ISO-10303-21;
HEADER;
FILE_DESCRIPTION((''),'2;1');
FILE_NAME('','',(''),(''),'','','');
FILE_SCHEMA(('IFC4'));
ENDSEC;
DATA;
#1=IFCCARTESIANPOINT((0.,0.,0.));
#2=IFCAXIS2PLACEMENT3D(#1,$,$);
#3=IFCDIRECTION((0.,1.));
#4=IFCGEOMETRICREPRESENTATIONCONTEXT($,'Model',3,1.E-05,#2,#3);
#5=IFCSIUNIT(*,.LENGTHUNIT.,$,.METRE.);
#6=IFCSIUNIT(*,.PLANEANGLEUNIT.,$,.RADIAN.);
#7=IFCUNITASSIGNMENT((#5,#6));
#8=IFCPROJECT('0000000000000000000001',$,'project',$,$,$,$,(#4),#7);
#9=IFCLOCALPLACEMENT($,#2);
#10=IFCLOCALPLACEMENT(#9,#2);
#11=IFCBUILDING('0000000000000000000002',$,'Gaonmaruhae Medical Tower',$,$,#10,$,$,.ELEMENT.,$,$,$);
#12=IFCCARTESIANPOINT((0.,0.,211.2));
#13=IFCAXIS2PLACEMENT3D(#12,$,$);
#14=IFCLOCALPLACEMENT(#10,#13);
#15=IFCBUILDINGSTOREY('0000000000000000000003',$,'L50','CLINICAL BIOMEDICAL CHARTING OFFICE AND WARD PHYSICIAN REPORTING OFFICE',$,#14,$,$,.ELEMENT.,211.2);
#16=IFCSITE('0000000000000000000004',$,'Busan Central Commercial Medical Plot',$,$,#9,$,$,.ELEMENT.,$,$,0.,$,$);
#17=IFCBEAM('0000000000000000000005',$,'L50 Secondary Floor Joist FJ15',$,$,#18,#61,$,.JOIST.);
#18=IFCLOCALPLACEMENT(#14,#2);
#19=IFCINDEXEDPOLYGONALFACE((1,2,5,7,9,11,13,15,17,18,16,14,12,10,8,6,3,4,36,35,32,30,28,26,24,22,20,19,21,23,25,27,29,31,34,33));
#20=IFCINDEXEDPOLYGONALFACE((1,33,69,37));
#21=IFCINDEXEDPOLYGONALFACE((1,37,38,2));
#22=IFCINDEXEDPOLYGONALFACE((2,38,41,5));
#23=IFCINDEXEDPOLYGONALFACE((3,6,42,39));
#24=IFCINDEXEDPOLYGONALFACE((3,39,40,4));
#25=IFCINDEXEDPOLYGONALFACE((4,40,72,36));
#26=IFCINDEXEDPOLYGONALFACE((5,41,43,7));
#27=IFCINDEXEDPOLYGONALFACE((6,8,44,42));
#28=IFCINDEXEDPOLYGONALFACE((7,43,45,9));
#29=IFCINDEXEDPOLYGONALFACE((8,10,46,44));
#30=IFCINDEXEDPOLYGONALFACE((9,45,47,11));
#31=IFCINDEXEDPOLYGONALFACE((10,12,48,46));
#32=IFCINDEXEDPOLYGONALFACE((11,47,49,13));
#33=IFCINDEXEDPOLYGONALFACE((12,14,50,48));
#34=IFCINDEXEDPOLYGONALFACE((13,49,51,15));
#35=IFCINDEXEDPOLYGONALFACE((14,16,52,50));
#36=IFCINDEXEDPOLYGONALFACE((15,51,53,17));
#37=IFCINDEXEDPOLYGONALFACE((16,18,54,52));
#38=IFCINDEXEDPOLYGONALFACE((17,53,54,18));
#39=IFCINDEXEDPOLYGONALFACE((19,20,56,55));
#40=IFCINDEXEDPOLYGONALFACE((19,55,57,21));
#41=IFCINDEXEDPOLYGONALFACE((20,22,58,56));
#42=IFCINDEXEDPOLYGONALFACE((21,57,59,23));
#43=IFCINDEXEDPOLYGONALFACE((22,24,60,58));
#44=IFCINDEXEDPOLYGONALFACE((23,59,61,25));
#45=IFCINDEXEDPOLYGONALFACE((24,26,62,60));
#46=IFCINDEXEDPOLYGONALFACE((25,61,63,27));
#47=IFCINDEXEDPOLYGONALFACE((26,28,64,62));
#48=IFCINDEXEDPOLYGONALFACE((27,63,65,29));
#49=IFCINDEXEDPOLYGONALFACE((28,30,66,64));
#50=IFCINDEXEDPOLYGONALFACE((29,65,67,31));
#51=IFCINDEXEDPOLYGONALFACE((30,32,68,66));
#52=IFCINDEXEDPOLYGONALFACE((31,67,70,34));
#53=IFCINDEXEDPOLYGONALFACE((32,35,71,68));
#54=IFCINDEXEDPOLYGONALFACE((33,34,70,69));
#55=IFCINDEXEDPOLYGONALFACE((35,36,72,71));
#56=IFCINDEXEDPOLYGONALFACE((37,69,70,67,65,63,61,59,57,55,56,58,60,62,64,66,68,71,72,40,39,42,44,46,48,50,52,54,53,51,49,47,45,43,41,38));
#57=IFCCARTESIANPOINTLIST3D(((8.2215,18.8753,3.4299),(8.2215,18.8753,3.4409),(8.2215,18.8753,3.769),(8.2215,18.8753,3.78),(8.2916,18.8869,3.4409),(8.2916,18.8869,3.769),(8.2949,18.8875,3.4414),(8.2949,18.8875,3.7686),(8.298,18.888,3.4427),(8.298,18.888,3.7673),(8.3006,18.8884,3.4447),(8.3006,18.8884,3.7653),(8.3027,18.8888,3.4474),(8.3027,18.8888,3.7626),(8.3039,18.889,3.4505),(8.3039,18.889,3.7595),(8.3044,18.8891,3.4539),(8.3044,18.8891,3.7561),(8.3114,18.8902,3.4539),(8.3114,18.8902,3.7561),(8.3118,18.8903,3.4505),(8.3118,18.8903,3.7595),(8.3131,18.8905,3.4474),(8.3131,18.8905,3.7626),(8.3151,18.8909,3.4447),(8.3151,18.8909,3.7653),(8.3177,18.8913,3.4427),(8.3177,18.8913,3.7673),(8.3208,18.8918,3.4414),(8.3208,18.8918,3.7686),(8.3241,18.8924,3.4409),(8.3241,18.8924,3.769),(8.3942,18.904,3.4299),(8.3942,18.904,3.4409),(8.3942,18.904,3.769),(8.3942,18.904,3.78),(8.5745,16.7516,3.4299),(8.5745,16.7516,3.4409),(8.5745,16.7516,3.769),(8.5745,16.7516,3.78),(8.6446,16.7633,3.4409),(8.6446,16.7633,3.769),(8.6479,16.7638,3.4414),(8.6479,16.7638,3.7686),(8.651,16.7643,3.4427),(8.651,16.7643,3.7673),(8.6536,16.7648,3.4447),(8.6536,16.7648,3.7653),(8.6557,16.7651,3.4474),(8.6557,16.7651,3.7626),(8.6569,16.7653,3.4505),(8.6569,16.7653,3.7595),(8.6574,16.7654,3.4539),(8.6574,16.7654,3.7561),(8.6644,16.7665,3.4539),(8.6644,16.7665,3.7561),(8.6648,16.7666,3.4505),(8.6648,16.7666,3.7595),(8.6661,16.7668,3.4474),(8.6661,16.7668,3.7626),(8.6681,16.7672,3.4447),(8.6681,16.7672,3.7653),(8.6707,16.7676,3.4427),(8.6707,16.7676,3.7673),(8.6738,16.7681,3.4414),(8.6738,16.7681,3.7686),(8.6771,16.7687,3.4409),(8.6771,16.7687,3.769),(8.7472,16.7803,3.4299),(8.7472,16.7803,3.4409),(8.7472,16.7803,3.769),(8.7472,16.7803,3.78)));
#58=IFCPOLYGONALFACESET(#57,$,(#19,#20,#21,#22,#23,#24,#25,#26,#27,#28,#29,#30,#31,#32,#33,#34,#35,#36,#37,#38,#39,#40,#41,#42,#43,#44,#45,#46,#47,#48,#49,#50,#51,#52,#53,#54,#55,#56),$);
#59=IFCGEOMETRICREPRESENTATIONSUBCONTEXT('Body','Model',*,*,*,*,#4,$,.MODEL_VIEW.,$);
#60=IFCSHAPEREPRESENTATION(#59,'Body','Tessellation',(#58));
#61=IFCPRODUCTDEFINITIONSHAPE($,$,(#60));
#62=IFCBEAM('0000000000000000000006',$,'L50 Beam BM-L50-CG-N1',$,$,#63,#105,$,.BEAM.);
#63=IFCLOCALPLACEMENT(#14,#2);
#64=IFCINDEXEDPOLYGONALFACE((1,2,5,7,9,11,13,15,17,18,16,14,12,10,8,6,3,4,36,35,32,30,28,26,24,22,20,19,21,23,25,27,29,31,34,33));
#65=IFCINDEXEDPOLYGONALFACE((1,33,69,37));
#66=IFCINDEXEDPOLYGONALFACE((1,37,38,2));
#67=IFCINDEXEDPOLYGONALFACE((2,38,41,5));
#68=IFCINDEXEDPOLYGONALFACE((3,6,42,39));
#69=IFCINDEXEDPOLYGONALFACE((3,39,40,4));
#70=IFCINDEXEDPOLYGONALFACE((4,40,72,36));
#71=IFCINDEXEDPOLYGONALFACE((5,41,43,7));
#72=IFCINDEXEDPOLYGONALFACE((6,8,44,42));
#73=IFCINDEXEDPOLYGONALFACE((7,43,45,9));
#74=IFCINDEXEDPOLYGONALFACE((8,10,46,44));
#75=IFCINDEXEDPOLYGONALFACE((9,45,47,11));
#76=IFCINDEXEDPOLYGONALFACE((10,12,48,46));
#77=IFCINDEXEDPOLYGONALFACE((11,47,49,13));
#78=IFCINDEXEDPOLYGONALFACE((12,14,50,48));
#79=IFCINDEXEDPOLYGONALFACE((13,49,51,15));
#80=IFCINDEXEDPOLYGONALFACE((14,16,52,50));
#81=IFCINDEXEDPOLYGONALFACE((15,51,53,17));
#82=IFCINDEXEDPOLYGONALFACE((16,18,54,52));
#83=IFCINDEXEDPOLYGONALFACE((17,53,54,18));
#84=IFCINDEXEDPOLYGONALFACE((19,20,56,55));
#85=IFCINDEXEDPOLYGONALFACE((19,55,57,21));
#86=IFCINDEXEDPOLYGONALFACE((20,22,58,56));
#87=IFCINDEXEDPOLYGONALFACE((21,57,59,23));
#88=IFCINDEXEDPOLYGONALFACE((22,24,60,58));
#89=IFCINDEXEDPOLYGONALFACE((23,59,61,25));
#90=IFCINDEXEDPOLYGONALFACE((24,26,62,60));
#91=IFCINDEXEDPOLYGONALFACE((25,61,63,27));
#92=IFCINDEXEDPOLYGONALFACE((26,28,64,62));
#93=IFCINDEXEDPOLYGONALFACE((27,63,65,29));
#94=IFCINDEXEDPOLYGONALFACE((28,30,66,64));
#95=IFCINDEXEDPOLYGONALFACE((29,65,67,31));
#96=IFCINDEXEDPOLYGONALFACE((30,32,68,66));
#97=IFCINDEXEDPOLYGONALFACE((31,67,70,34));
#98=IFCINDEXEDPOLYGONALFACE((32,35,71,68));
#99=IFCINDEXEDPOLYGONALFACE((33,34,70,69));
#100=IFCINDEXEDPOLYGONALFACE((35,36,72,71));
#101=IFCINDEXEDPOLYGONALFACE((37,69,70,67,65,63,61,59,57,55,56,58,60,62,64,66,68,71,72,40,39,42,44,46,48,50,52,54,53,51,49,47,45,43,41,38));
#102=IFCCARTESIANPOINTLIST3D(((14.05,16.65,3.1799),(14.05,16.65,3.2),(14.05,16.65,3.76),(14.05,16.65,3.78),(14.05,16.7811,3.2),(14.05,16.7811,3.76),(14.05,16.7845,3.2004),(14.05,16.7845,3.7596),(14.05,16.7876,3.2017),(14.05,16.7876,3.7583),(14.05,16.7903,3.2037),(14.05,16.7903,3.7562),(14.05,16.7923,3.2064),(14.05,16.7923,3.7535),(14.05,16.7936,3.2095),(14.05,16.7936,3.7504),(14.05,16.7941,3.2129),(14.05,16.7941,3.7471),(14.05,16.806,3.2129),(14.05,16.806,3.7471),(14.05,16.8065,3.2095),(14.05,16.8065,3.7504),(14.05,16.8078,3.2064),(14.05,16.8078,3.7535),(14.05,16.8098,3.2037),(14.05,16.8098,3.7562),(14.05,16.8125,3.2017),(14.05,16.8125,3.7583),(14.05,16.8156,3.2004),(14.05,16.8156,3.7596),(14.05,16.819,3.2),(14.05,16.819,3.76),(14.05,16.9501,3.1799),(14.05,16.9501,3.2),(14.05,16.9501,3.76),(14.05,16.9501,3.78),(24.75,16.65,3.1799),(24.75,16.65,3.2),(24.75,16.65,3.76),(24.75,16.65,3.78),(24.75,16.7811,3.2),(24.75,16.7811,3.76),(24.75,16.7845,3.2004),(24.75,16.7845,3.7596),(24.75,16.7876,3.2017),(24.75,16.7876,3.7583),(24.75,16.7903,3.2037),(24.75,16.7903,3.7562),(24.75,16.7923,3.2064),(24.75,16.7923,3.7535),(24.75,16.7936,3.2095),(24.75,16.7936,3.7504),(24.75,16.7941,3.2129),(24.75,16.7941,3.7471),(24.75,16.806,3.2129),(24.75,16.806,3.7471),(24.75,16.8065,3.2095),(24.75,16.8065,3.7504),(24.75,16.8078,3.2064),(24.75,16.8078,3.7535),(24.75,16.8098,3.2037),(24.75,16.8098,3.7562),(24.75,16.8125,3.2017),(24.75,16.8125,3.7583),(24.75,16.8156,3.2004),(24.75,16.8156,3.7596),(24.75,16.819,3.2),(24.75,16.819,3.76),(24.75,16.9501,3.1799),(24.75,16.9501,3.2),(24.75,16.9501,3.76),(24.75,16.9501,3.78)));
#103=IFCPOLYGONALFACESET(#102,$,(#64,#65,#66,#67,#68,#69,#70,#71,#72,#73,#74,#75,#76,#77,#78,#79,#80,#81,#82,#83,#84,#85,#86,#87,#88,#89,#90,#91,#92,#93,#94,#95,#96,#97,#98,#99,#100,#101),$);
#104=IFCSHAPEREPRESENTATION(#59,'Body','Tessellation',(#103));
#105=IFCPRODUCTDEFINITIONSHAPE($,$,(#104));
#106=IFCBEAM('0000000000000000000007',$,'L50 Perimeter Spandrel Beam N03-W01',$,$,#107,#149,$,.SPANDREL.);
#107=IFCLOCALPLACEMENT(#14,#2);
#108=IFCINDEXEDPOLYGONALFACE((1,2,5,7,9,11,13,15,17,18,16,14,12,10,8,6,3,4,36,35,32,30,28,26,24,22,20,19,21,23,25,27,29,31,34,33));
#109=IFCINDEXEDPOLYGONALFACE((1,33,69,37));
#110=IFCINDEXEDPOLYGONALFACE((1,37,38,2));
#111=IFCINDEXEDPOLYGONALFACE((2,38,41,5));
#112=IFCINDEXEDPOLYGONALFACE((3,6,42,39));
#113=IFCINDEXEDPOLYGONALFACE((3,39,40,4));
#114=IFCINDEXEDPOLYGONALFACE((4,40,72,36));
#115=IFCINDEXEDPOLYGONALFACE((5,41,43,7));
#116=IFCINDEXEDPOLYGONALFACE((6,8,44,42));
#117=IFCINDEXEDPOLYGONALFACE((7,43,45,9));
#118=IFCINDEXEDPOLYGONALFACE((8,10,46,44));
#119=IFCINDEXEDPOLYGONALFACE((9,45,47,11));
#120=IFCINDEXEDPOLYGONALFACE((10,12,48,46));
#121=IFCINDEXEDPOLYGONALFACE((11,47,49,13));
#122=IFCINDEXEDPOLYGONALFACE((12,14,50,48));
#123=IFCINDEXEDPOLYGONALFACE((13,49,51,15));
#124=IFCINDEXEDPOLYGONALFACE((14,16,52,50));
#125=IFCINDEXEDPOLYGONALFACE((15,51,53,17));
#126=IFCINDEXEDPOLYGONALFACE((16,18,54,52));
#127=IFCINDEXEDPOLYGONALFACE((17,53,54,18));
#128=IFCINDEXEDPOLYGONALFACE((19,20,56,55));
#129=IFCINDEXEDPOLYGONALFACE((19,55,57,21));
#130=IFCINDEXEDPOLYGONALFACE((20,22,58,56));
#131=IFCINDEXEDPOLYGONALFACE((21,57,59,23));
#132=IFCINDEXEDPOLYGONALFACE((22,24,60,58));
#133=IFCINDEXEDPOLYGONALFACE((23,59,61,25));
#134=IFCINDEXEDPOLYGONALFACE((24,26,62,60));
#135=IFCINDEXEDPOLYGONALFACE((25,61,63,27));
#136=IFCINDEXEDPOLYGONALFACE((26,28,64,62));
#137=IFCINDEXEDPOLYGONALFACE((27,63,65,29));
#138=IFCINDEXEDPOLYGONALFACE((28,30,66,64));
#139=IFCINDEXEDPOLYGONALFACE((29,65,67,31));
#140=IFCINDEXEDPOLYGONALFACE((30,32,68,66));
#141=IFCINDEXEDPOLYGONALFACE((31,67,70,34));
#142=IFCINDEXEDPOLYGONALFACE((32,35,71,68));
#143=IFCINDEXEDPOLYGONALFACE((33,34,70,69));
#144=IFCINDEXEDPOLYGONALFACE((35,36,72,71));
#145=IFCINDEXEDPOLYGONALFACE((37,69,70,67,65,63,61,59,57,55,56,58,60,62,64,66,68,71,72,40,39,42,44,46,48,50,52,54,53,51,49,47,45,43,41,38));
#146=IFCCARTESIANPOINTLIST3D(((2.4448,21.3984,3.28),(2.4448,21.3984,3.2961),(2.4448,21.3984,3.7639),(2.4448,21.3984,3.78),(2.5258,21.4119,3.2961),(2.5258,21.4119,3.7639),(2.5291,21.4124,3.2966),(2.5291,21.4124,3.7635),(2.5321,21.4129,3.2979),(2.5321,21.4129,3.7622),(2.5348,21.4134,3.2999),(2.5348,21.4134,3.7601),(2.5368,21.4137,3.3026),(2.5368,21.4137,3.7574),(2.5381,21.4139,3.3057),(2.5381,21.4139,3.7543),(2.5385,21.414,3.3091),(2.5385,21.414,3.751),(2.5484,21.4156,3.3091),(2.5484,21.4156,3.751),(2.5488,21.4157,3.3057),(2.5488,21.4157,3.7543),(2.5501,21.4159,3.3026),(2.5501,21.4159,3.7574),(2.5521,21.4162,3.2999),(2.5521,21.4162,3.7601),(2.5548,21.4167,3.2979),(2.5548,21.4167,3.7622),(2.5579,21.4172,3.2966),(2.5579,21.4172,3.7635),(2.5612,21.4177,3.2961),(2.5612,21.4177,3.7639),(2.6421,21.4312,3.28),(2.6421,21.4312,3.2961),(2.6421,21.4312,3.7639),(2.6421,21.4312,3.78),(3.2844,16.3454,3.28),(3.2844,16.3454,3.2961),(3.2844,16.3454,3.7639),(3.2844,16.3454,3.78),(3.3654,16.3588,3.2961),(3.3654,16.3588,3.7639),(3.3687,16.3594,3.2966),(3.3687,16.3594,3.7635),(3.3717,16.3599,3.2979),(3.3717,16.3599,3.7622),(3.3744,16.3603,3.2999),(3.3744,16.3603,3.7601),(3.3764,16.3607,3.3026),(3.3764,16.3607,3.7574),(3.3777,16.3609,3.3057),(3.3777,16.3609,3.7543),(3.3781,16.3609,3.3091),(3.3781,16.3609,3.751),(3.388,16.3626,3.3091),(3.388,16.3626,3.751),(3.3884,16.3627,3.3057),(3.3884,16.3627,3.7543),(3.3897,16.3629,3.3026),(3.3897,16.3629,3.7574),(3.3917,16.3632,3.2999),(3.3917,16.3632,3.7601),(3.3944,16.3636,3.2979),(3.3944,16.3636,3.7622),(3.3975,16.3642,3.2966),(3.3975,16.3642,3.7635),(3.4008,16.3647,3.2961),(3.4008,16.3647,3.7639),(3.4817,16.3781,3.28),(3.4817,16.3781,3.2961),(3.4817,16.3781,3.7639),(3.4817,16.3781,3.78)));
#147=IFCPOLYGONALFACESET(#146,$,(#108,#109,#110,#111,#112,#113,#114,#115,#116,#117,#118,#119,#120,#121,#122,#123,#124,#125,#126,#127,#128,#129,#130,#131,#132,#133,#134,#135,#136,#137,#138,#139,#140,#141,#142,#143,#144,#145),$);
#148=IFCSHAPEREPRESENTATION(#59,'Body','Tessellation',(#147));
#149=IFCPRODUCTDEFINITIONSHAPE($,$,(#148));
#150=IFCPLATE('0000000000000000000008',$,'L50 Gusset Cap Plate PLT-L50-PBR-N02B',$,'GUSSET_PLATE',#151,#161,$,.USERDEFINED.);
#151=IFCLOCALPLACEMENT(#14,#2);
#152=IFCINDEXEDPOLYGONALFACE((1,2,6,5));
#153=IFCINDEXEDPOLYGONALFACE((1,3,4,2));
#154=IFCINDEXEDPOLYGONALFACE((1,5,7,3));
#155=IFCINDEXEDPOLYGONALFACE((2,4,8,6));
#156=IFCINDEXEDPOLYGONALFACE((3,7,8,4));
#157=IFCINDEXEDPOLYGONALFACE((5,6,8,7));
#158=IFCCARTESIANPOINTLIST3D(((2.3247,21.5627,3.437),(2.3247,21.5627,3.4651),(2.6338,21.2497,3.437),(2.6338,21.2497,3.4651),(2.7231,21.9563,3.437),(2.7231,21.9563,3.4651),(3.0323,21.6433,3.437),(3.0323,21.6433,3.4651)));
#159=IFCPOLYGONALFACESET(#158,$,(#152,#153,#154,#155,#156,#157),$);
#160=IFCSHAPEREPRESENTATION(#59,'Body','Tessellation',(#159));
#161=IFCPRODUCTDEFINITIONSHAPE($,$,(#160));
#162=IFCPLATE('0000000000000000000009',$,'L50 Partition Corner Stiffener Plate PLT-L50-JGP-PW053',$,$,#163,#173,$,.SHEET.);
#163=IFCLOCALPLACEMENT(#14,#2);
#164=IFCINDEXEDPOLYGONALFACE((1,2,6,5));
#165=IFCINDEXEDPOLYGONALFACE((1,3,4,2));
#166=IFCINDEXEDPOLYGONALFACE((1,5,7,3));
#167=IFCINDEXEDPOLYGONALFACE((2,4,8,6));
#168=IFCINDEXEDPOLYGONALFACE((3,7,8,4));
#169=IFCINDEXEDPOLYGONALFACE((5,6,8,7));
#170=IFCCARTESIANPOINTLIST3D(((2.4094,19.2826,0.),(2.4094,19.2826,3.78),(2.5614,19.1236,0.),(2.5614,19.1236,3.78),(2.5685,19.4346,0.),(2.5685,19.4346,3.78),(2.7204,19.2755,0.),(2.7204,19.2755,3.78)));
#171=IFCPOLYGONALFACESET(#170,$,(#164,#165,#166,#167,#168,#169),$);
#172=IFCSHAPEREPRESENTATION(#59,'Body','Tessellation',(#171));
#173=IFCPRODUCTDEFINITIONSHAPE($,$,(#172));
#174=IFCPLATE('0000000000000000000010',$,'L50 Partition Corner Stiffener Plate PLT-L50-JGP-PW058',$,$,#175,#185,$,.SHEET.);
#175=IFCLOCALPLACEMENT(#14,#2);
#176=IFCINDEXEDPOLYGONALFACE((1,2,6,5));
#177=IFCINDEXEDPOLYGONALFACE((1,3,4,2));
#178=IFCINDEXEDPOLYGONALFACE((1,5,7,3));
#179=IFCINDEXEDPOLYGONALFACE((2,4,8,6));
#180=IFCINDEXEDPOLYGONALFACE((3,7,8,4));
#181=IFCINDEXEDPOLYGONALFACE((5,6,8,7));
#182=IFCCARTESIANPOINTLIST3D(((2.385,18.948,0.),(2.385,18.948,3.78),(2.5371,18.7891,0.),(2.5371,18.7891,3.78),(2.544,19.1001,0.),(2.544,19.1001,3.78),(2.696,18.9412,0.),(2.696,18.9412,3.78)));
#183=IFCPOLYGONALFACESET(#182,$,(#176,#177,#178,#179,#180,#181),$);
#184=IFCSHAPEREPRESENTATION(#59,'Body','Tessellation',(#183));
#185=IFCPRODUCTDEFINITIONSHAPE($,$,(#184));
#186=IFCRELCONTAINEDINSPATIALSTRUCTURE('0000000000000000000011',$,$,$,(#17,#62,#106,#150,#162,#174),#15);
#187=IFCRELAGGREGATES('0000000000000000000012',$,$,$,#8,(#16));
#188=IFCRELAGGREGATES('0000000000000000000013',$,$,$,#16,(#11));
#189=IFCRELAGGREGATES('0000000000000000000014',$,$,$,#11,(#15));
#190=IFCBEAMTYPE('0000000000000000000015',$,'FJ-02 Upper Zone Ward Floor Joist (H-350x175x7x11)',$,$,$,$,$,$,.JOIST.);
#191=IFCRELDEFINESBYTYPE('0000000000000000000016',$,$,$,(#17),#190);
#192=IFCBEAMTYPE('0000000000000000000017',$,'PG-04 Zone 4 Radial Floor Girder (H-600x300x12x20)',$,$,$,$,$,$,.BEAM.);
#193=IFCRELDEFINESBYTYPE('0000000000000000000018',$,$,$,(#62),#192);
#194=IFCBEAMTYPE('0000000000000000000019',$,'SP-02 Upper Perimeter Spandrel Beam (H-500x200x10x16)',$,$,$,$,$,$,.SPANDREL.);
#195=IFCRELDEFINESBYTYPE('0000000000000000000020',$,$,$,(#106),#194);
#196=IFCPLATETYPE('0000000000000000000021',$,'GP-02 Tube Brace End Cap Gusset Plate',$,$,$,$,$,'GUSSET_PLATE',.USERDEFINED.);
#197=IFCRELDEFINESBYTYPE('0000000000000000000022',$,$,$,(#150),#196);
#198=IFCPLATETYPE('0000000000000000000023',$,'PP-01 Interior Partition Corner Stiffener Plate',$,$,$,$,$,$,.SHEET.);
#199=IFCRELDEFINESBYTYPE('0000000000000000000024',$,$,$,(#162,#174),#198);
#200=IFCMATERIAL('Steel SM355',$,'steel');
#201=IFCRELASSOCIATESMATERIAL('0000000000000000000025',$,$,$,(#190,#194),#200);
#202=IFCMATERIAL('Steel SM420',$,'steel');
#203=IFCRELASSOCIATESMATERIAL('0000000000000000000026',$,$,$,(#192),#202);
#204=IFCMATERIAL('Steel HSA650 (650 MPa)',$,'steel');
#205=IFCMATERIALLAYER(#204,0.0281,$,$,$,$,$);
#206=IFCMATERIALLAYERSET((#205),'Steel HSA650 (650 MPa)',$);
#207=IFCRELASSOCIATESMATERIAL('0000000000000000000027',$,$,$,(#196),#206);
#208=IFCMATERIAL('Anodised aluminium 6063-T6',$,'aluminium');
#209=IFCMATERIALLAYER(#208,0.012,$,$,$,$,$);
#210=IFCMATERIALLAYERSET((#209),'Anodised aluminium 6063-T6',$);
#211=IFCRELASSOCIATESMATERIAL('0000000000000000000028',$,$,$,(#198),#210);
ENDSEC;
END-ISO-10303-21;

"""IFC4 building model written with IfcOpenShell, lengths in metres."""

from ifc_helpers import new_model, si_unit, direction, frame, origin, origin_2d, place, context, subcontext, project, spatial, rectangle, i_section, extrude, material, layer, layer_set, material_profile, profile_set, type_object, element, save


model = new_model("IFC4")

# Units and contexts
model_context = context("Model", 3, precision=1e-05, world=origin(), true_north=direction((0.0, 1.0)))
body_context = subcontext(model_context, "Body", "Model", "MODEL_VIEW")
ifc_project = project(units=[si_unit("LENGTHUNIT", "METRE"), si_unit("PLANEANGLEUNIT", "RADIAN")], contexts=[model_context])

# Site, building, storey
site_placement = place(None, origin())
site = spatial("IfcSite", under=ifc_project, at=site_placement, Name="Busan Central Commercial Medical Plot", CompositionType="ELEMENT", RefElevation=0.0)
building_placement = place(site_placement, origin())
building = spatial("IfcBuilding", under=site, at=building_placement, Name="Gaonmaruhae Medical Tower", CompositionType="ELEMENT")
storey_placement = place(building_placement, frame((0.0, 0.0, 211.2)))
storey = spatial("IfcBuildingStorey", under=building, at=storey_placement, Name="L50", Description="CLINICAL BIOMEDICAL CHARTING OFFICE AND WARD PHYSICIAN REPORTING OFFICE", CompositionType="ELEMENT", Elevation=211.2)

# Beams
ifc_material_1 = material(Name="Steel SM420", Category="steel")
ifc_material_2 = material(Name="Steel SM355", Category="steel")
ifc_material_profile_1 = material_profile(ifc_material_2, i_section(OverallWidth=0.175, OverallDepth=0.3501, WebThickness=0.0071, FlangeThickness=0.011, FilletRadius=0.0129, at=origin_2d()), Name="H-350x175x7x11")
ifc_profile_set_1 = profile_set([ifc_material_profile_1], Name="Steel SM355")
beam_type_1 = type_object("IfcBeamType", Name="FJ-02 Upper Zone Ward Floor Joist (H-350x175x7x11)", PredefinedType="JOIST", material=ifc_profile_set_1)
beam_1_placement = place(storey_placement, frame((8.3079, 18.8896, 3.605), z_axis=(0.163976, -0.986464, 0.0), x_axis=(0.986464, 0.163976, 0.0)))
element("IfcBeam", 1, at=beam_1_placement, inside=storey, type_object=beam_type_1, Name="L50 Secondary Floor Joist FJ15", PredefinedType="JOIST", context=body_context, shape_type="SweptSolid", body=[
    extrude(i_section(OverallWidth=0.175, OverallDepth=0.3501, WebThickness=0.0071, FlangeThickness=0.011, FilletRadius=0.0129, at=origin_2d()), origin(), (0.0, 0.0, 1.0), 2.1528),
])
ifc_material_profile_2 = material_profile(ifc_material_1, i_section(OverallWidth=0.3, OverallDepth=0.6001, WebThickness=0.012, FlangeThickness=0.02, FilletRadius=0.0129, at=origin_2d()), Name="H-600x300x12x20")
ifc_profile_set_2 = profile_set([ifc_material_profile_2], Name="Steel SM420")
beam_type_2 = type_object("IfcBeamType", Name="PG-04 Zone 4 Radial Floor Girder (H-600x300x12x20)", PredefinedType="BEAM", material=ifc_profile_set_2)
beam_2_placement = place(storey_placement, frame((14.05, 16.8, 3.48), z_axis=(1.0, 0.0, 0.0), x_axis=(0.0, 1.0, 0.0)))
element("IfcBeam", 2, at=beam_2_placement, inside=storey, type_object=beam_type_2, Name="L50 Beam BM-L50-CG-N1", PredefinedType="BEAM", context=body_context, shape_type="SweptSolid", body=[
    extrude(i_section(OverallWidth=0.3, OverallDepth=0.6001, WebThickness=0.012, FlangeThickness=0.02, FilletRadius=0.0129, at=origin_2d()), origin(), (0.0, 0.0, 1.0), 10.7),
])
ifc_material_profile_3 = material_profile(ifc_material_2, i_section(OverallWidth=0.2, OverallDepth=0.5, WebThickness=0.01, FlangeThickness=0.0161, FilletRadius=0.0129, at=origin_2d()), Name="H-500x200x10x16")
ifc_profile_set_3 = profile_set([ifc_material_profile_3], Name="Steel SM355")
beam_type_3 = type_object("IfcBeamType", Name="SP-02 Upper Perimeter Spandrel Beam (H-500x200x10x16)", PredefinedType="SPANDREL", material=ifc_profile_set_3)
beam_3_placement = place(storey_placement, frame((2.5435, 21.4148, 3.53), z_axis=(0.163912, -0.986475, 0.0), x_axis=(0.986475, 0.163912, 0.0)))
element("IfcBeam", 3, at=beam_3_placement, inside=storey, type_object=beam_type_3, Name="L50 Perimeter Spandrel Beam N03-W01", PredefinedType="SPANDREL", context=body_context, shape_type="SweptSolid", body=[
    extrude(i_section(OverallWidth=0.2, OverallDepth=0.5, WebThickness=0.01, FlangeThickness=0.0161, FilletRadius=0.0129, at=origin_2d()), origin(), (0.0, 0.0, 1.0), 5.1223),
])

# Plates
ifc_material_3 = material(Name="Steel HSA650 (650 MPa)", Category="steel")
ifc_layer_1 = layer(ifc_material_3, 0.0281)
ifc_layer_set_1 = layer_set([ifc_layer_1], Name="Steel HSA650 (650 MPa)")
plate_type_1 = type_object("IfcPlateType", Name="GP-02 Tube Brace End Cap Gusset Plate", ElementType="GUSSET_PLATE", PredefinedType="USERDEFINED", material=ifc_layer_set_1)
plate_placement = place(storey_placement, frame((2.6785, 21.603, 3.437), z_axis=(0.0, 0.0, 1.0), x_axis=(0.711413, 0.702774, 0.0)))
element("IfcPlate", 4, at=plate_placement, inside=storey, type_object=plate_type_1, Name="L50 Gusset Cap Plate PLT-L50-PBR-N02B", ObjectType="GUSSET_PLATE", PredefinedType="USERDEFINED", context=body_context, shape_type="SweptSolid", body=[
    extrude(rectangle(XDim=0.5601, YDim=0.4399, at=origin_2d()), origin(), (0.0, 0.0, 1.0), 0.0281),
])
ifc_material_4 = material(Name="Anodised aluminium 6063-T6", Category="aluminium")
ifc_layer_2 = layer(ifc_material_4, 0.012)
ifc_layer_set_2 = layer_set([ifc_layer_2], Name="Anodised aluminium 6063-T6")
plate_type_2 = type_object("IfcPlateType", Name="PP-01 Interior Partition Corner Stiffener Plate", PredefinedType="SHEET", material=ifc_layer_set_2)
for number, where, z_axis, x_axis, name in (
    (5, (2.5649, 19.2791, 0.0), (0.0, 0.0, 1.0), (0.722991, 0.690857, 0.0), "L50 Partition Corner Stiffener Plate PLT-L50-JGP-PW053"),
    (6, (2.5405, 18.9446, 0.0), (0.0, 0.0, 1.0), (-0.691374, 0.722497, 0.0), "L50 Partition Corner Stiffener Plate PLT-L50-JGP-PW058"),
):
    element("IfcPlate", number, at=place(storey_placement, frame(where, z_axis=z_axis, x_axis=x_axis)), inside=storey, type_object=plate_type_2, Name=name, PredefinedType="SHEET", context=body_context, shape_type="SweptSolid", body=[
        extrude(rectangle(XDim=0.22, YDim=0.22, at=origin_2d()), origin(), (0.0, 0.0, 1.0), 3.78),
    ])

save(model, "model.ifc")
